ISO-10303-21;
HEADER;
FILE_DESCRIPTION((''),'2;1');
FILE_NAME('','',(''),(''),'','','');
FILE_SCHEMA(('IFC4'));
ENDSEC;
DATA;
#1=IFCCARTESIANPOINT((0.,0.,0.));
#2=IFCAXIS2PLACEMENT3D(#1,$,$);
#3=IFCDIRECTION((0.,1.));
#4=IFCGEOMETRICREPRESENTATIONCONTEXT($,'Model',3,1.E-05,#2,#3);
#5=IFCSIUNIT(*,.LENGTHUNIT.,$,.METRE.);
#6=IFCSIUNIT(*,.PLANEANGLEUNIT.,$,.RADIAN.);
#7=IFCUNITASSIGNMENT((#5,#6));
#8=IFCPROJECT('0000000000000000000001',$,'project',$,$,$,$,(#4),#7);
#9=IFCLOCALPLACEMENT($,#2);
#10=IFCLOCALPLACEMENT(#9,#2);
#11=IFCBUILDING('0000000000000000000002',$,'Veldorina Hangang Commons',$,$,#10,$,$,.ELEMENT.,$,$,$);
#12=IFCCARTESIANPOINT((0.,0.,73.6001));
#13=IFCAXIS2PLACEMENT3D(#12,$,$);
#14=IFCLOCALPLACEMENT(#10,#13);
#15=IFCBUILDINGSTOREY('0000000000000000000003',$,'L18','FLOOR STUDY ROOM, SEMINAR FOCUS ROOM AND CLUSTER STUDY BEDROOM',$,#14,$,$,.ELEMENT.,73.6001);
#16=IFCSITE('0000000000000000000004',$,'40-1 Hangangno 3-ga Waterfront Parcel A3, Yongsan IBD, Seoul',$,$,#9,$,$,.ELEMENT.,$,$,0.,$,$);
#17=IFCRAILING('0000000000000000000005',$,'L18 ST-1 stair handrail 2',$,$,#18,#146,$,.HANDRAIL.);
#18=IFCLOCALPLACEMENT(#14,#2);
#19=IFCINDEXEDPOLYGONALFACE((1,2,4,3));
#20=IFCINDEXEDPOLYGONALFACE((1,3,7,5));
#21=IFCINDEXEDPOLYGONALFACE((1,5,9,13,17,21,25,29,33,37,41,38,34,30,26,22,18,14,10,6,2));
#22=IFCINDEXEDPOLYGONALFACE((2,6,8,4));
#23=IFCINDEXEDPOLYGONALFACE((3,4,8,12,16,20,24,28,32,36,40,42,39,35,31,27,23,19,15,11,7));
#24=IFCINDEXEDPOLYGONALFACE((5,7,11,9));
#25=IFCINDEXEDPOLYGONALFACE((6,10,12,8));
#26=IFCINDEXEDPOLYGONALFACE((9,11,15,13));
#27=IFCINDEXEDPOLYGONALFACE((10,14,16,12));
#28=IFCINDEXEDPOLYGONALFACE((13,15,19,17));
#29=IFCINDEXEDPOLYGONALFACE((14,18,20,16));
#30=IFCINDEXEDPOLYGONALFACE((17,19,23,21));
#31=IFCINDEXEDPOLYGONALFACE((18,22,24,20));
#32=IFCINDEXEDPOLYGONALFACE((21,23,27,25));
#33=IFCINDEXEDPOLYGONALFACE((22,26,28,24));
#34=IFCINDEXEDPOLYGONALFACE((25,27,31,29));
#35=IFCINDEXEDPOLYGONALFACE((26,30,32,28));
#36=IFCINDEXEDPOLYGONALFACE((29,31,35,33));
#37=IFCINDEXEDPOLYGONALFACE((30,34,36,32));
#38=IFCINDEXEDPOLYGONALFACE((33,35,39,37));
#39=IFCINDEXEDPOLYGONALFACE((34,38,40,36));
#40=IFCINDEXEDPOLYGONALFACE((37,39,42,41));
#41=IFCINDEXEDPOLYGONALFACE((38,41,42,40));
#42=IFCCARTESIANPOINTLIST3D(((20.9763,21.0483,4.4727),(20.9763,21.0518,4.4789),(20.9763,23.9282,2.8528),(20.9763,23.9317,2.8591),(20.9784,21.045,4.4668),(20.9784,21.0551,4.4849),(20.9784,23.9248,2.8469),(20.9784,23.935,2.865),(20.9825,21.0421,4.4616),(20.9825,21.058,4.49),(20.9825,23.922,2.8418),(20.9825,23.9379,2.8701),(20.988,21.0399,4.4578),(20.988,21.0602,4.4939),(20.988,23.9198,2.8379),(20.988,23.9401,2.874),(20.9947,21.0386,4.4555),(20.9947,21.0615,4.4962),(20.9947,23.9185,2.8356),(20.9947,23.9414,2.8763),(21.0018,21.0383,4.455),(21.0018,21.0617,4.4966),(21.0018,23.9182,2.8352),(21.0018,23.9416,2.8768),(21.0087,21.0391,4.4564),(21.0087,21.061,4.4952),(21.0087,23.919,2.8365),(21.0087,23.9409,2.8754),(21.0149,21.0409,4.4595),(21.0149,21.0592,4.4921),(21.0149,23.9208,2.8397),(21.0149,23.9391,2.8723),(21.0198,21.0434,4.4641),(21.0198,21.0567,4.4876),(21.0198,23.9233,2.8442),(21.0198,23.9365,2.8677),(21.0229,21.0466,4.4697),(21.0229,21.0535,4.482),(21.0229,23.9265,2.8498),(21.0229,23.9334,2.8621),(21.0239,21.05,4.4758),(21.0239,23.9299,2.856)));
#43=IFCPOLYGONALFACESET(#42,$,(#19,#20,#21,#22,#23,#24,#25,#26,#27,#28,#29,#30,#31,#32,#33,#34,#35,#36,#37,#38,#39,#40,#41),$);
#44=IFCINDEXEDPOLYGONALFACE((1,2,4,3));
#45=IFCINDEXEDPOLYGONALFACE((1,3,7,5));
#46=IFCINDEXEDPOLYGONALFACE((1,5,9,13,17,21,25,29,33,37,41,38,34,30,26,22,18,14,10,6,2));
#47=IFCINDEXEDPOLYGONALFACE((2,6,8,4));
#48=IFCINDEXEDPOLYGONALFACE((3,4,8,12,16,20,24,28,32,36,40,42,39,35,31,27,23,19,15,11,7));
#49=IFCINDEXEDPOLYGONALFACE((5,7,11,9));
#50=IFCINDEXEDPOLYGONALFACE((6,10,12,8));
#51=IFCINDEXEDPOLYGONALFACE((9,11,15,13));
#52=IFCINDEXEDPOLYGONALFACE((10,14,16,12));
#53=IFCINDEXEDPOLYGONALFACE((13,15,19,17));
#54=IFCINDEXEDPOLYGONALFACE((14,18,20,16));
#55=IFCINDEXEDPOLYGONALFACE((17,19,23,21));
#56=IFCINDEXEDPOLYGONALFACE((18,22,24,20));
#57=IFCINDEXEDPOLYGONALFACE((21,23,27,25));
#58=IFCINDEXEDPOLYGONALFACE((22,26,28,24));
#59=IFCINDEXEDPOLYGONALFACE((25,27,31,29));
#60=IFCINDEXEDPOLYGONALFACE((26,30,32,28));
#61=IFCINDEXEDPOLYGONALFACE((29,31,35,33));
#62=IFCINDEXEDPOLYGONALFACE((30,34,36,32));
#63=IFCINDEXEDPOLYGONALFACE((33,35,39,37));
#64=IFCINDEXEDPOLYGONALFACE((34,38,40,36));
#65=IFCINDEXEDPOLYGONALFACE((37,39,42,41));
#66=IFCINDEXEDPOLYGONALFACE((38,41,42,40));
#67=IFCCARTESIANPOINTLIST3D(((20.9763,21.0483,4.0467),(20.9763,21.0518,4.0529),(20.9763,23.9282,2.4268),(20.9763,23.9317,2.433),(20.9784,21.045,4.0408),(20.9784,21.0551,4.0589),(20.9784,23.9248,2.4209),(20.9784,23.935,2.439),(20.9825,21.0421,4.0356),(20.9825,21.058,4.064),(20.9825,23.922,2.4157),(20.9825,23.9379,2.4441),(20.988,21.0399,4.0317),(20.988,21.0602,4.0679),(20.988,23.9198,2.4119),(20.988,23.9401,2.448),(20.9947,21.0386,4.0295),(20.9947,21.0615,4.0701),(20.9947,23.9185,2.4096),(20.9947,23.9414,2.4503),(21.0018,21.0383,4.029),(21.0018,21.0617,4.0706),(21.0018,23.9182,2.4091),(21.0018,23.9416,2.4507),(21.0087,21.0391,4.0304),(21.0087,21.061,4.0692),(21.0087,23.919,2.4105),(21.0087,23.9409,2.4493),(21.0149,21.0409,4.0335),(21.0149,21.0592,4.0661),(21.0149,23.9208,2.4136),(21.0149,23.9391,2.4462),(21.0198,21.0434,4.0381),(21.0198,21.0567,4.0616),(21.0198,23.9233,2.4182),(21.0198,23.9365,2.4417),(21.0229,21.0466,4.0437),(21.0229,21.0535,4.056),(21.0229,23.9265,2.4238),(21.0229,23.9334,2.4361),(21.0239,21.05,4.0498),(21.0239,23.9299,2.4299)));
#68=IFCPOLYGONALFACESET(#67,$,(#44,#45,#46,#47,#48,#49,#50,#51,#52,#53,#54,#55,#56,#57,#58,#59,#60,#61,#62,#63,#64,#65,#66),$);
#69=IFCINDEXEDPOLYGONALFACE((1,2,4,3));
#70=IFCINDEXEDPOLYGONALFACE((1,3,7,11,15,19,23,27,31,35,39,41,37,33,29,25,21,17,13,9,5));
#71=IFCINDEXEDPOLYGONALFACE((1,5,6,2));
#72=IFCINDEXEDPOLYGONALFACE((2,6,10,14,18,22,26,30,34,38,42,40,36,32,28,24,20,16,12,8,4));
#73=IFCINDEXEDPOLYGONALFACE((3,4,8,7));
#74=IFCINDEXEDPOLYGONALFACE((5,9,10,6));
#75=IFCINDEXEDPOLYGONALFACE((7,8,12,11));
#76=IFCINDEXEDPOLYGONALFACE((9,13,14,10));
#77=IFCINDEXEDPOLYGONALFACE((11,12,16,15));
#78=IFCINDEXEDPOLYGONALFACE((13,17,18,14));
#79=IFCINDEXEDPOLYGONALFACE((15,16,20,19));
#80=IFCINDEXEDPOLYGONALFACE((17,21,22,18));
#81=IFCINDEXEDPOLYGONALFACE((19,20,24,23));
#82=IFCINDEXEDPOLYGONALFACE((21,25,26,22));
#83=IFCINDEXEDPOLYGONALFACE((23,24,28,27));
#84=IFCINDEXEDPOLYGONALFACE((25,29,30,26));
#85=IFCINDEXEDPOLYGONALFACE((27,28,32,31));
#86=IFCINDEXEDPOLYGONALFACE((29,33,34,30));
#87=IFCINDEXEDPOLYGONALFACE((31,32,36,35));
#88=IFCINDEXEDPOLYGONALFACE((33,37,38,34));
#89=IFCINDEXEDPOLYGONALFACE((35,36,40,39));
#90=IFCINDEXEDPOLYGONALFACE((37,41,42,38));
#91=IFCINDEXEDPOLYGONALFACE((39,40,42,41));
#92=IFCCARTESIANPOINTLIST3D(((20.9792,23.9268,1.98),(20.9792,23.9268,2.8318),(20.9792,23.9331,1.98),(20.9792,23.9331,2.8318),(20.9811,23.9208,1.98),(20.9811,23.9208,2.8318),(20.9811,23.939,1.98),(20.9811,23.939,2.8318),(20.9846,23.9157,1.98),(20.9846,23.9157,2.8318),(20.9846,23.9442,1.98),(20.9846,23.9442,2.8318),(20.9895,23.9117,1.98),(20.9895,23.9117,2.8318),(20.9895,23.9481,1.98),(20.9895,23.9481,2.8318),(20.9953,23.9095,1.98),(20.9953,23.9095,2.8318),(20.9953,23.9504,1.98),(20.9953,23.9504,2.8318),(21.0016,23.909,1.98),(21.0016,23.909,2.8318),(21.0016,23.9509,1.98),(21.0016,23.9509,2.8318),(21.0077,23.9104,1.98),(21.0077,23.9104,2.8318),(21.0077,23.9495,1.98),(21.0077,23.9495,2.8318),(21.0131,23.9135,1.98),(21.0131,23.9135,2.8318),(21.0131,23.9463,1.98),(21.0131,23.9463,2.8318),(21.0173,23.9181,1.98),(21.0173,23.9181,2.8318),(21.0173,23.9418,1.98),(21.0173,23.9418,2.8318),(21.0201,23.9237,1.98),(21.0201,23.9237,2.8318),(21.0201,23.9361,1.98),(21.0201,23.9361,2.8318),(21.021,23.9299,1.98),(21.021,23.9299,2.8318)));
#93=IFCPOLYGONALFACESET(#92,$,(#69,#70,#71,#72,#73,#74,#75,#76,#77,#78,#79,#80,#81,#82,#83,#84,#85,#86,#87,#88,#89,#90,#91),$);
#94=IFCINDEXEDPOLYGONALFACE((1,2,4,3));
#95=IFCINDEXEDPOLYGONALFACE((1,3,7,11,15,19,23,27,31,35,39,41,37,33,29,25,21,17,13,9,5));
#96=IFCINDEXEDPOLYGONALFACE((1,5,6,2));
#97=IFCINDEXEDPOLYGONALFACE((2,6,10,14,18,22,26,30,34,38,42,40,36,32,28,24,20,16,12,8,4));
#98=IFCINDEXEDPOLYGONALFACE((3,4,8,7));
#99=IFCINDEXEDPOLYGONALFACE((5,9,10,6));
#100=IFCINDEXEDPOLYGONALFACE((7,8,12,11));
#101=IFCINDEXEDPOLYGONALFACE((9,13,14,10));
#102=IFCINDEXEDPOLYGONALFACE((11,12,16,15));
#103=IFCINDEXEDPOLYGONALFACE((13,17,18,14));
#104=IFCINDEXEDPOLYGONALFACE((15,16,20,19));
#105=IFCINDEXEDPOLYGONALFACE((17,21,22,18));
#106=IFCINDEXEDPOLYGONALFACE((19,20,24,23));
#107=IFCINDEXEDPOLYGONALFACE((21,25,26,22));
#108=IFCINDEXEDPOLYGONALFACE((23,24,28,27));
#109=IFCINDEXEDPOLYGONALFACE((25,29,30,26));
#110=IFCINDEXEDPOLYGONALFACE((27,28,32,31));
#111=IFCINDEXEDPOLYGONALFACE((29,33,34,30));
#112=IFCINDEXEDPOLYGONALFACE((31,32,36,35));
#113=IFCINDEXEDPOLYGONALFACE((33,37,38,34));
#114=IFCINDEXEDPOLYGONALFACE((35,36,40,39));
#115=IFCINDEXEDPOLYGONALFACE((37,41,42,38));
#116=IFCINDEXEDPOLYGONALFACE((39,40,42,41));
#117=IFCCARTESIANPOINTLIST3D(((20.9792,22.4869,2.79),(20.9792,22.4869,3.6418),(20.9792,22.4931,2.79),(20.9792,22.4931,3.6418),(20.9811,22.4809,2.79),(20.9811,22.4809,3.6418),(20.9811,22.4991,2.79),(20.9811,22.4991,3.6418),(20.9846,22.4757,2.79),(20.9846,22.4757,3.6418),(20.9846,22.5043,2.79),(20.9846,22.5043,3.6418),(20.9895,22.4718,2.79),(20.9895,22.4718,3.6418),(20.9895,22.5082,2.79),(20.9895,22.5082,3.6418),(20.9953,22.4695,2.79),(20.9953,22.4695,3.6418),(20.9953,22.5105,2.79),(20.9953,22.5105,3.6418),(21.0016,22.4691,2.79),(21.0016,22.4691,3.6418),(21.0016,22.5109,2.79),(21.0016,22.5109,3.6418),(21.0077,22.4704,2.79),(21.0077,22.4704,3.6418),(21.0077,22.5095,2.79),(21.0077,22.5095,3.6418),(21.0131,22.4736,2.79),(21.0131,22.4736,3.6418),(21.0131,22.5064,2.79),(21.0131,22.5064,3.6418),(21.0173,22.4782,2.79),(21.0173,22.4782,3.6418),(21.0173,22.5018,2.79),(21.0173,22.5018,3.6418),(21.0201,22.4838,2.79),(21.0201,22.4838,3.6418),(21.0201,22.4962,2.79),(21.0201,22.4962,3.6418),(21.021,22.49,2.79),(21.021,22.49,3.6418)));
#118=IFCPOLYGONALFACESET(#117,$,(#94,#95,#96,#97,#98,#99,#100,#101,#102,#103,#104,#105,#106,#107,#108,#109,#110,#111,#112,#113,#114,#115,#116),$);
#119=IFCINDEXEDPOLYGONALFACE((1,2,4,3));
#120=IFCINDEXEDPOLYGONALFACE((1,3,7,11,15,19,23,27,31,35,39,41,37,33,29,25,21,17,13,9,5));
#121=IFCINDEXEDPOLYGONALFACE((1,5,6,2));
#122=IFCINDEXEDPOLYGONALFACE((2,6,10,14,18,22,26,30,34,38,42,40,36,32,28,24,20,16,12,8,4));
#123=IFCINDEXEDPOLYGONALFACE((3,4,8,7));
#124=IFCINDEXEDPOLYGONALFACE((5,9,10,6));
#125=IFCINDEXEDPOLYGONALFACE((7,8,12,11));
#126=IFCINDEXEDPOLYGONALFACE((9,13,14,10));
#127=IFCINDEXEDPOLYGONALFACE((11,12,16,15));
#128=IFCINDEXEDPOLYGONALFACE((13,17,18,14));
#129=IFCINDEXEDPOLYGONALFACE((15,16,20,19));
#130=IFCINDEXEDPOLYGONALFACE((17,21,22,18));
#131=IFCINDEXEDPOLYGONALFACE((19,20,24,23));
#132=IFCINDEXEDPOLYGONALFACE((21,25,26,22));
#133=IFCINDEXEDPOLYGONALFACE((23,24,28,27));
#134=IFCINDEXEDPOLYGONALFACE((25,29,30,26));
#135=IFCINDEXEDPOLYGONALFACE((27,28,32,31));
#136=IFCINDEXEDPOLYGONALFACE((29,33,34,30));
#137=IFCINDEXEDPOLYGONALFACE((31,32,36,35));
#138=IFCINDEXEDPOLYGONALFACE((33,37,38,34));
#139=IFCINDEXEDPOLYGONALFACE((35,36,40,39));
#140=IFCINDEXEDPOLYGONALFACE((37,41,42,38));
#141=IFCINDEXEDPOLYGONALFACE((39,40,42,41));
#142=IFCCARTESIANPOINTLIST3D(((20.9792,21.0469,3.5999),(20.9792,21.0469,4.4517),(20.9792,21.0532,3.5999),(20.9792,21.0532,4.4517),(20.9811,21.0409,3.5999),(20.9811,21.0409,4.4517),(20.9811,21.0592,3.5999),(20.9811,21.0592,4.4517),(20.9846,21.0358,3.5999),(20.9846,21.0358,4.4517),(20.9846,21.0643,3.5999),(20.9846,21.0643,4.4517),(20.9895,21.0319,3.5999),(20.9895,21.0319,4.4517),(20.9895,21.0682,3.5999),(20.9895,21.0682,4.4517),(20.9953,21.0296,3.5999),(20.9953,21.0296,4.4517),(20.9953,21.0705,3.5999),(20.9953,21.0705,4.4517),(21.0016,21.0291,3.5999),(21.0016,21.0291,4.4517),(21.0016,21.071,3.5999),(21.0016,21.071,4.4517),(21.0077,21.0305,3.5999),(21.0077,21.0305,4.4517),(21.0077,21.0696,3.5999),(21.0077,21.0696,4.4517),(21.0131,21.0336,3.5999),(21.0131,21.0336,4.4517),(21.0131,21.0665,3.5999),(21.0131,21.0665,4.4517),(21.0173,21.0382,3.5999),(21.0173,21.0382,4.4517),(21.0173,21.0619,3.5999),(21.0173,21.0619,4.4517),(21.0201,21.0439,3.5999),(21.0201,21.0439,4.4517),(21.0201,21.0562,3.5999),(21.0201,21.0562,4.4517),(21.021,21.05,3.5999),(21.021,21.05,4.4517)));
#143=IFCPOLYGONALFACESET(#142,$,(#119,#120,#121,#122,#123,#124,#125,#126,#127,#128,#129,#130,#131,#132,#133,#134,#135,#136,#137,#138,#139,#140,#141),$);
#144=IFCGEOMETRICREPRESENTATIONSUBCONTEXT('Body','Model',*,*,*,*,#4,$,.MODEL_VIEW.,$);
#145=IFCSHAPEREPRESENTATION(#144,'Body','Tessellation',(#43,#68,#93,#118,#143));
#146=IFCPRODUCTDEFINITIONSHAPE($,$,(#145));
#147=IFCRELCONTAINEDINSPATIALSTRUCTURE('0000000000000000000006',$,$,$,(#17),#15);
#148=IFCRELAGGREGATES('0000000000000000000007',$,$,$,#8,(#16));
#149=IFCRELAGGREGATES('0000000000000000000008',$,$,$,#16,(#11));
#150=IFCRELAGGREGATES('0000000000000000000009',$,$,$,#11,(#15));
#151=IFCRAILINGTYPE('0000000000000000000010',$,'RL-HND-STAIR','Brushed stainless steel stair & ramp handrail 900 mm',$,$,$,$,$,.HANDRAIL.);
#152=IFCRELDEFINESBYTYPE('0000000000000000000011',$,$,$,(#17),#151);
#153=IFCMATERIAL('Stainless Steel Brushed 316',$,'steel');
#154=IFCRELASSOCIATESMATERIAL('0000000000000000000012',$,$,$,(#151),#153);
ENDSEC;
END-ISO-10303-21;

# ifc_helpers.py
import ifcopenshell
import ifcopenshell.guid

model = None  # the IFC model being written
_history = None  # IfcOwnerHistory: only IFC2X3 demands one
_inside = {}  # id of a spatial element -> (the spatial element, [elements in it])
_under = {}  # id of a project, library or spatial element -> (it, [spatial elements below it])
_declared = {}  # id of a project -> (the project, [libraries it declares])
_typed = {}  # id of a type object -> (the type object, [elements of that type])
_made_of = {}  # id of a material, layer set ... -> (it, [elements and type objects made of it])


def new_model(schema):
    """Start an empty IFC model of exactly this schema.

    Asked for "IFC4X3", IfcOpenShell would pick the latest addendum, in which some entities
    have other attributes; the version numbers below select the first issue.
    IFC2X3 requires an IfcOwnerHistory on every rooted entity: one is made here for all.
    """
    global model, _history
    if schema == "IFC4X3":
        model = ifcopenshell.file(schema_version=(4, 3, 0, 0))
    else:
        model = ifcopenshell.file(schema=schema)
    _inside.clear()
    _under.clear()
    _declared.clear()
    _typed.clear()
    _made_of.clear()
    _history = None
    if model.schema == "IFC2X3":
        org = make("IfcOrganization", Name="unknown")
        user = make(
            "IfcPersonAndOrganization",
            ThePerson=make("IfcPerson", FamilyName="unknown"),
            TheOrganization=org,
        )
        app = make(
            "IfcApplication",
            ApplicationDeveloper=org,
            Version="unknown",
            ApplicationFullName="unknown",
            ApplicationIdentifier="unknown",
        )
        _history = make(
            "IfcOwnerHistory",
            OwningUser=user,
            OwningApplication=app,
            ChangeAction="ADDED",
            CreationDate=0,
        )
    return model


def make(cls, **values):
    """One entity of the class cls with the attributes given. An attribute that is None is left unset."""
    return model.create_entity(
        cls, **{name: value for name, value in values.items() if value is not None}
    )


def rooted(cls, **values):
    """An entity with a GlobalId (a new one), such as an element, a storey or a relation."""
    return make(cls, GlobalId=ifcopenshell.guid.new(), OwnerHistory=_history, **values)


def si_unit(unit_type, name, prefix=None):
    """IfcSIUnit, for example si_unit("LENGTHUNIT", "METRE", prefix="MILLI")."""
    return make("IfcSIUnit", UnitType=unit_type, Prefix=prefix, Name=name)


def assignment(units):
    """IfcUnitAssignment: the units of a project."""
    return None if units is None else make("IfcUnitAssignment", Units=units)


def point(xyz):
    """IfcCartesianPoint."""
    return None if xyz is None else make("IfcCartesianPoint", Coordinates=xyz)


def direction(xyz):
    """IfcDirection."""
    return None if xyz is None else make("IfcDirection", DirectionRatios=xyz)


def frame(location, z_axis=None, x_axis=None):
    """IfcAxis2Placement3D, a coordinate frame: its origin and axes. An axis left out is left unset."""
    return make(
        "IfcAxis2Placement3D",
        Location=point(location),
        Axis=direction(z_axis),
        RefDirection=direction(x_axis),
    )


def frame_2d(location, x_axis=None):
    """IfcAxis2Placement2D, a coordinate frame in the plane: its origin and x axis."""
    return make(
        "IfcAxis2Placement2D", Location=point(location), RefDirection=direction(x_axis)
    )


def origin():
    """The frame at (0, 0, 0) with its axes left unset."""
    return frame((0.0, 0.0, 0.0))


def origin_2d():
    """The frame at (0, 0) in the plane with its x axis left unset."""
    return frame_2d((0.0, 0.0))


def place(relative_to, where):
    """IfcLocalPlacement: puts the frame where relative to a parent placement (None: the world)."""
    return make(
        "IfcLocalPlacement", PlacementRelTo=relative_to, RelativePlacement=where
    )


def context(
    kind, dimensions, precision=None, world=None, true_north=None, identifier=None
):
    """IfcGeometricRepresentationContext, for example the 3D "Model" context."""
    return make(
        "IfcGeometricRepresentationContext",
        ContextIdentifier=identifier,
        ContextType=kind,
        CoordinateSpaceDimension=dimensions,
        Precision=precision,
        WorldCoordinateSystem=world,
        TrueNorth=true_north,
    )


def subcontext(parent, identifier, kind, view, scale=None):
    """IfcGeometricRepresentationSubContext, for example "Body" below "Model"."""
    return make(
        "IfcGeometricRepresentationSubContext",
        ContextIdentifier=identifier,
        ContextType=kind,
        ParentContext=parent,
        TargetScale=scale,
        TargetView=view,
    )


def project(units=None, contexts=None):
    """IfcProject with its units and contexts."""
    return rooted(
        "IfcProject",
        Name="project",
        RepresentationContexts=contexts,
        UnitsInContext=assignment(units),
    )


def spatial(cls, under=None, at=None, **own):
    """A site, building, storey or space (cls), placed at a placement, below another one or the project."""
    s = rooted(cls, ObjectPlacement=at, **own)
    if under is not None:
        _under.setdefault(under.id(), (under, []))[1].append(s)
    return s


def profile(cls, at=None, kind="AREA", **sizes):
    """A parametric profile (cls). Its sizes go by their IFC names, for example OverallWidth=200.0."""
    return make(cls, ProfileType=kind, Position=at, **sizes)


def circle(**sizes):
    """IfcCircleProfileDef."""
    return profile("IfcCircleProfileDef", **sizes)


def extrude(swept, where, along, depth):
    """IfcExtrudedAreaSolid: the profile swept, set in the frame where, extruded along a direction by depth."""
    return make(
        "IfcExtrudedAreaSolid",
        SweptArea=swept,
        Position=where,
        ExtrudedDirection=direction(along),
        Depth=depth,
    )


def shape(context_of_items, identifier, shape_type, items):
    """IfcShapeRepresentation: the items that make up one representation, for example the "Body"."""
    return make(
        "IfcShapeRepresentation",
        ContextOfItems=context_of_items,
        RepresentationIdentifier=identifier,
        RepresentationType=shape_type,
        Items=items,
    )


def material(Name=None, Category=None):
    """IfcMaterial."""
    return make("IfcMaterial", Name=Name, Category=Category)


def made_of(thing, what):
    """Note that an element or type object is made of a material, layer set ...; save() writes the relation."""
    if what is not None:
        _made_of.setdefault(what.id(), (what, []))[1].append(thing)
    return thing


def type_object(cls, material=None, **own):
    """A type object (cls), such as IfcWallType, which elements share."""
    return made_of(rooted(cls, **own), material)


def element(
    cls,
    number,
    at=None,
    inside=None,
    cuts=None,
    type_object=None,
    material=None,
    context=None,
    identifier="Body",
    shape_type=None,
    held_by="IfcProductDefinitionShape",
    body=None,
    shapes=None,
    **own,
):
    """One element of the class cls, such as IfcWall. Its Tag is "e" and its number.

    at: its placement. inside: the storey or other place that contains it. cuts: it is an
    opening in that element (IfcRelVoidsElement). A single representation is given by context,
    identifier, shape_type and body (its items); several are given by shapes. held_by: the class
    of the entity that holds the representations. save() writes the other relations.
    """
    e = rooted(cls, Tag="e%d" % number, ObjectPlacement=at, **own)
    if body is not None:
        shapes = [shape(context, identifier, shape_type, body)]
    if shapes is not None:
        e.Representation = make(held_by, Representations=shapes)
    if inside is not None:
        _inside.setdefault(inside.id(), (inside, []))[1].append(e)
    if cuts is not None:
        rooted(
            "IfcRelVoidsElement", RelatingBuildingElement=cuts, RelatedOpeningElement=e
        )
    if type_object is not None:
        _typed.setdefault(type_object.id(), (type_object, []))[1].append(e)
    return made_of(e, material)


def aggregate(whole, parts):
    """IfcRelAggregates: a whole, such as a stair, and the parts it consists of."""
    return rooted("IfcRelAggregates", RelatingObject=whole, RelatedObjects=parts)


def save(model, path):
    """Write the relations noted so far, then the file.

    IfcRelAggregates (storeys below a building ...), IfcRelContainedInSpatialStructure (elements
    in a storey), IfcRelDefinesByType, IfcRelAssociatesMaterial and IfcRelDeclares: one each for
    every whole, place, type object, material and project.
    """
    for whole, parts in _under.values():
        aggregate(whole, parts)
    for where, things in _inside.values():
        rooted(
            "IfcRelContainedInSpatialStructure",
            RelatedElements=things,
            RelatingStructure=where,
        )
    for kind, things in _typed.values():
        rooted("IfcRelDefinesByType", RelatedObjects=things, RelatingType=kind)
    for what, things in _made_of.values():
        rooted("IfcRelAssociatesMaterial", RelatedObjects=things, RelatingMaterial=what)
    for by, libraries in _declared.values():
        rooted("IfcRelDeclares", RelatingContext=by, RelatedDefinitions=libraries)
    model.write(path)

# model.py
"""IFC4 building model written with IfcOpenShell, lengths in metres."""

from ifc_helpers import new_model, si_unit, direction, frame, origin, origin_2d, place, context, subcontext, project, spatial, circle, extrude, material, type_object, element, save


model = new_model("IFC4")

# Units and contexts
model_context = context("Model", 3, precision=1e-05, world=origin(), true_north=direction((0.0, 1.0)))
body_context = subcontext(model_context, "Body", "Model", "MODEL_VIEW")
ifc_project = project(units=[si_unit("LENGTHUNIT", "METRE"), si_unit("PLANEANGLEUNIT", "RADIAN")], contexts=[model_context])

# Site, building, storey
site_placement = place(None, origin())
site = spatial("IfcSite", under=ifc_project, at=site_placement, Name="40-1 Hangangno 3-ga Waterfront Parcel A3, Yongsan IBD, Seoul", CompositionType="ELEMENT", RefElevation=0.0)
building_placement = place(site_placement, origin())
building = spatial("IfcBuilding", under=site, at=building_placement, Name="Veldorina Hangang Commons", CompositionType="ELEMENT")
storey_placement = place(building_placement, frame((0.0, 0.0, 73.6001)))
storey = spatial("IfcBuildingStorey", under=building, at=storey_placement, Name="L18", Description="FLOOR STUDY ROOM, SEMINAR FOCUS ROOM AND CLUSTER STUDY BEDROOM", CompositionType="ELEMENT", Elevation=73.6001)

# Railing
ifc_material_1 = material(Name="Stainless Steel Brushed 316", Category="steel")
railing_type_1 = type_object("IfcRailingType", Name="RL-HND-STAIR", Description="Brushed stainless steel stair & ramp handrail 900 mm", PredefinedType="HANDRAIL", material=ifc_material_1)
railing_1_placement = place(storey_placement, frame((21.0, 23.9299, 1.98)))
element("IfcRailing", 1, at=railing_1_placement, inside=storey, type_object=railing_type_1, Name="L18 ST-1 stair handrail 2", PredefinedType="HANDRAIL", context=body_context, shape_type="SweptSolid", body=[
    extrude(circle(Radius=0.0239, at=origin_2d()), frame((0.0, 0.0, 0.876), z_axis=(0.0, -0.871583, 0.490247), x_axis=(1.0, 0.0, 0.0)), (0.0, 0.0, 1.0), 3.3042),
    extrude(circle(Radius=0.0239, at=origin_2d()), frame((0.0, 0.0, 0.45), z_axis=(0.0, -0.871583, 0.490247), x_axis=(1.0, 0.0, 0.0)), (0.0, 0.0, 1.0), 3.3042),
    extrude(circle(Radius=0.021, at=origin_2d()), origin(), (0.0, 0.0, 1.0), 0.8518),
    extrude(circle(Radius=0.021, at=origin_2d()), frame((0.0, -1.4399, 0.8101)), (0.0, 0.0, 1.0), 0.8518),
    extrude(circle(Radius=0.021, at=origin_2d()), frame((0.0, -2.8799, 1.6199)), (0.0, 0.0, 1.0), 0.8518),
])

save(model, "model.ifc")
